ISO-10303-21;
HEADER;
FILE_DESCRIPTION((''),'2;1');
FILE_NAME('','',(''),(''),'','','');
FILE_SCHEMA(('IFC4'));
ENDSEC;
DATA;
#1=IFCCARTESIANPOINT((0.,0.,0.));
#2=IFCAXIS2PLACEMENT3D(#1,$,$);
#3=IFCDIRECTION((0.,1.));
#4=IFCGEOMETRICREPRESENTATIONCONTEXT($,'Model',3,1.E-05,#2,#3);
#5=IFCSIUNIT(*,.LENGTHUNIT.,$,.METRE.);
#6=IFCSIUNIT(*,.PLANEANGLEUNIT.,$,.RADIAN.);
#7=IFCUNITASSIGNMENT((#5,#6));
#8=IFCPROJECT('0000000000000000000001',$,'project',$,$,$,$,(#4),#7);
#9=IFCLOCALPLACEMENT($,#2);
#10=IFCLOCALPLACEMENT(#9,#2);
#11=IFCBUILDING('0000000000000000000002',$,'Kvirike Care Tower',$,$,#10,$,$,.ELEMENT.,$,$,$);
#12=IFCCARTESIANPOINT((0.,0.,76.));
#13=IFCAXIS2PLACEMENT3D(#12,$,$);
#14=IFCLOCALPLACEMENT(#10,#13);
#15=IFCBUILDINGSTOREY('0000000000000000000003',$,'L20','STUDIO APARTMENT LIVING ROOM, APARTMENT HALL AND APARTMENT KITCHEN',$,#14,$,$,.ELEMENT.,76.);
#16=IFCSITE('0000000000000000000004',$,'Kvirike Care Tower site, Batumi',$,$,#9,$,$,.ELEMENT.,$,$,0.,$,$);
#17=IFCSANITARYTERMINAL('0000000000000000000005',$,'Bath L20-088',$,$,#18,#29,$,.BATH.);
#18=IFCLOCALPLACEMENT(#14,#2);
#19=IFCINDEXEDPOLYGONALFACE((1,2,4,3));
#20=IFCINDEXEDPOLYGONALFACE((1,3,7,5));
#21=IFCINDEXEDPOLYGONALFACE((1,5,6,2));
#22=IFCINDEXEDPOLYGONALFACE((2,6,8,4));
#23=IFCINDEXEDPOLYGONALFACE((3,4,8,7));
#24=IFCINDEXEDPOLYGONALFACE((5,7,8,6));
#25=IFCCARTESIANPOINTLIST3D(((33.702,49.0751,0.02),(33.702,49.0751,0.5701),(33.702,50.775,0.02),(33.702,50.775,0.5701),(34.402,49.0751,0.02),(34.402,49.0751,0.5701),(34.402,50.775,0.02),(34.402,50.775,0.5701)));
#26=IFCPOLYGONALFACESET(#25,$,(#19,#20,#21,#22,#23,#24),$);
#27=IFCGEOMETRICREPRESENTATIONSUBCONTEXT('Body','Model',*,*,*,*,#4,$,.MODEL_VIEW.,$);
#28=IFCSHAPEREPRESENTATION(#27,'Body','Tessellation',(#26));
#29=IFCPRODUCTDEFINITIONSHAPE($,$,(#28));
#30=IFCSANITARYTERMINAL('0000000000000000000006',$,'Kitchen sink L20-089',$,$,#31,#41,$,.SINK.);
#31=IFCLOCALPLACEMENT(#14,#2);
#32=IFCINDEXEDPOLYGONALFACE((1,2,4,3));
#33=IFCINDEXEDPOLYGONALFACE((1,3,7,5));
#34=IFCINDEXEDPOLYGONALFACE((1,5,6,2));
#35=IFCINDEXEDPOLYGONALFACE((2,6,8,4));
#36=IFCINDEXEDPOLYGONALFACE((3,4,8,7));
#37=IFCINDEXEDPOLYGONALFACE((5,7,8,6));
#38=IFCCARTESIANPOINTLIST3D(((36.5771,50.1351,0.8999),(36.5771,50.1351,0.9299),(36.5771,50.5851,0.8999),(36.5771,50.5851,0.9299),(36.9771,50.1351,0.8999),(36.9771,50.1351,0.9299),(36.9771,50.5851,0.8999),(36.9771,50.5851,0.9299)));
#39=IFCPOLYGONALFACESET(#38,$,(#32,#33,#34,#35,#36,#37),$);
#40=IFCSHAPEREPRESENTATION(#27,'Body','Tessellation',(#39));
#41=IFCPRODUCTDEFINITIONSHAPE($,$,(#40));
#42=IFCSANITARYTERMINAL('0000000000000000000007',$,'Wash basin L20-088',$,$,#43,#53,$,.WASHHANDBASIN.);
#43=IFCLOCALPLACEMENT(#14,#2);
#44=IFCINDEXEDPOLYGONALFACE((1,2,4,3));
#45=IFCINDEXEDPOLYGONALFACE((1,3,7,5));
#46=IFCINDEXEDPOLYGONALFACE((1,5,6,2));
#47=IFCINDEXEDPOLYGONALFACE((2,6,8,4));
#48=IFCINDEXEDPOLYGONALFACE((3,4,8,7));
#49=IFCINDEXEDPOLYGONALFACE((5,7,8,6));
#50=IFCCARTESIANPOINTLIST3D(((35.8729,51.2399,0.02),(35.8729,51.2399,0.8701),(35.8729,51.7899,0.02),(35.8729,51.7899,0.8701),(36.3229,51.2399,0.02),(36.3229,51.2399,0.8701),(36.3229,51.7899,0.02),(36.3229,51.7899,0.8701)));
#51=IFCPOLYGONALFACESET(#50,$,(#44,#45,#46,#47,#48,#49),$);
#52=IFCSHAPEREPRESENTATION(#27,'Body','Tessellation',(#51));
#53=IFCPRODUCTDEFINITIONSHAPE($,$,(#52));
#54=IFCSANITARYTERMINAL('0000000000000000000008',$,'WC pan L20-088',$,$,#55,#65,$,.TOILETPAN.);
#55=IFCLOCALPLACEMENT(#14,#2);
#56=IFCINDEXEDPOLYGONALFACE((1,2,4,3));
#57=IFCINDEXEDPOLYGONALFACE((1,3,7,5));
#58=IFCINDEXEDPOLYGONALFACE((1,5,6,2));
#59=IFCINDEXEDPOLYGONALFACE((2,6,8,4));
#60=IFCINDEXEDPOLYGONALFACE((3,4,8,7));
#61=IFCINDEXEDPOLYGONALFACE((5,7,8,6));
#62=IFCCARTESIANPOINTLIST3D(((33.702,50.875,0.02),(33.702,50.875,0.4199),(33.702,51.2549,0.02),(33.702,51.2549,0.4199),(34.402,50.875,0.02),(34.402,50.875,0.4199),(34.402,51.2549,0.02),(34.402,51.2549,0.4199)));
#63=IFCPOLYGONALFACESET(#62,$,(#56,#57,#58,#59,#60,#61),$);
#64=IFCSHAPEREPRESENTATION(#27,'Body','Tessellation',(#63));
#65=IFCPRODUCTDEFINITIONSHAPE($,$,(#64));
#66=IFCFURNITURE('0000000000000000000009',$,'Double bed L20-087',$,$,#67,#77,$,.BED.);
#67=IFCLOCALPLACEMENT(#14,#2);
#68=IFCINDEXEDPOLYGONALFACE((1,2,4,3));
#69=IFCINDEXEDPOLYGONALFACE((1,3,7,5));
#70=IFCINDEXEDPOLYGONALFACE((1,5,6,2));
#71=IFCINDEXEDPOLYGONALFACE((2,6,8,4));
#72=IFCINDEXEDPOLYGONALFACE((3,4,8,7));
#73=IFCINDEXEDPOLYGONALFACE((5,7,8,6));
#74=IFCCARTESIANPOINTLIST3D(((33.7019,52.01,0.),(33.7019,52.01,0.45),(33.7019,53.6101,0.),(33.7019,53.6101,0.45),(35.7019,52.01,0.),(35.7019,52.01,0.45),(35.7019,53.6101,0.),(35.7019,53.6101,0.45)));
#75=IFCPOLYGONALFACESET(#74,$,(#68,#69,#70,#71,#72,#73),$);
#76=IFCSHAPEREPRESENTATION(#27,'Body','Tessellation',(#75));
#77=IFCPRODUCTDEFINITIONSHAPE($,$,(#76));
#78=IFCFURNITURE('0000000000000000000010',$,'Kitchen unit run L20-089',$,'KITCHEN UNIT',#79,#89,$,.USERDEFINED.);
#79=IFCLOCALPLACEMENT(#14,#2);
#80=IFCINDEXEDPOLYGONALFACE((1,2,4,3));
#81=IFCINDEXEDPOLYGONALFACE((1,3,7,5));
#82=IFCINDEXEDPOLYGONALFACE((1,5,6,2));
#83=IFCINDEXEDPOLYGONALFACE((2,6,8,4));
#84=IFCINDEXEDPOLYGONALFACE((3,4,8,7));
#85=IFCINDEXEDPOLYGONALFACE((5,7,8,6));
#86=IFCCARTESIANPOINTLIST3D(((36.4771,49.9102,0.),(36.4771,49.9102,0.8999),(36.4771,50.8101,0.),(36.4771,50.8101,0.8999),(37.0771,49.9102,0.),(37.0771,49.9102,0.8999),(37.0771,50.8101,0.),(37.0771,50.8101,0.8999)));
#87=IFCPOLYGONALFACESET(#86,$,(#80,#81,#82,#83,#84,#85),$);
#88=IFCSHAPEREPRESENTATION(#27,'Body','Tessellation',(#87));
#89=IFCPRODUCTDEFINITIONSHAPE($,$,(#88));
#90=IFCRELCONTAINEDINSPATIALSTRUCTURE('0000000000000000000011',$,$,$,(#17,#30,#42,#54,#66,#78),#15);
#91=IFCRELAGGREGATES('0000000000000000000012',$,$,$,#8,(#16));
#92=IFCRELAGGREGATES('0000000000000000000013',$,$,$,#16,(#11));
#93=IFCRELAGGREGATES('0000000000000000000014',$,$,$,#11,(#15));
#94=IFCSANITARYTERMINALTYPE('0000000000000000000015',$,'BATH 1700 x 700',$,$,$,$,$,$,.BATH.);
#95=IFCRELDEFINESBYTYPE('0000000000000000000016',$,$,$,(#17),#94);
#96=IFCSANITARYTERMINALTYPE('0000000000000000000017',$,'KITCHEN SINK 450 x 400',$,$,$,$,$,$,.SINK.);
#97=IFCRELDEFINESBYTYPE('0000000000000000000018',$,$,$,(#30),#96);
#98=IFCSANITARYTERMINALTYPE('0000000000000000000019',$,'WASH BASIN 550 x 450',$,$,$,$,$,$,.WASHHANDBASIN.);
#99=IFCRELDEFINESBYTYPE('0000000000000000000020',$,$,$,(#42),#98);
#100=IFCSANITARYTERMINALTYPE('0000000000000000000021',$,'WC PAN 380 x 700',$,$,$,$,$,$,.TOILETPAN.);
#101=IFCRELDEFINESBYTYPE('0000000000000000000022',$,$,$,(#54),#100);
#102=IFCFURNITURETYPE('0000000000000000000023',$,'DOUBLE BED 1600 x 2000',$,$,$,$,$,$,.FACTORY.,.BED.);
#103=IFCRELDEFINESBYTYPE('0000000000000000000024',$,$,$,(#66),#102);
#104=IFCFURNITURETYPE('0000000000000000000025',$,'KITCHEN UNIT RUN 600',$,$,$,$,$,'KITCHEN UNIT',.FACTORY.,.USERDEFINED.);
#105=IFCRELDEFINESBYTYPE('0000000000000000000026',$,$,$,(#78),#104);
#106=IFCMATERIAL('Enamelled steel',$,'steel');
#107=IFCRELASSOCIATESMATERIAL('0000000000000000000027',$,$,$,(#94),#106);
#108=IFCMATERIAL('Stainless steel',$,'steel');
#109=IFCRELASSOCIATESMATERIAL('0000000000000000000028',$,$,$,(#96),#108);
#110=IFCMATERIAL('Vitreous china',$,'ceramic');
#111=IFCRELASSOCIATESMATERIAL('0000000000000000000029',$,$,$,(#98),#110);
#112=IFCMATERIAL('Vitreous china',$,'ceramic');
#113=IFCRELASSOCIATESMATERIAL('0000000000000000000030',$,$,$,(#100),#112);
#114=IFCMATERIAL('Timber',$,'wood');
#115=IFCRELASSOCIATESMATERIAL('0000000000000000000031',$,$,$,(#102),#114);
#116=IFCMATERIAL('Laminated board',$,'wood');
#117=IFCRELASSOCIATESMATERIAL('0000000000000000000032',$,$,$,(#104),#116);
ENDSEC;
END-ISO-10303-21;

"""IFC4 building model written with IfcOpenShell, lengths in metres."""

from ifc_helpers import new_model, si_unit, direction, frame, origin, origin_2d, place, context, subcontext, project, spatial, rectangle, extrude, material, type_object, element, save


model = new_model("IFC4")

# Units and contexts
model_context = context("Model", 3, precision=1e-05, world=origin(), true_north=direction((0.0, 1.0)))
body_context = subcontext(model_context, "Body", "Model", "MODEL_VIEW")
ifc_project = project(units=[si_unit("LENGTHUNIT", "METRE"), si_unit("PLANEANGLEUNIT", "RADIAN")], contexts=[model_context])

# Site, building, storey
site_placement = place(None, origin())
site = spatial("IfcSite", under=ifc_project, at=site_placement, Name="Kvirike Care Tower site, Batumi", CompositionType="ELEMENT", RefElevation=0.0)
building_placement = place(site_placement, origin())
building = spatial("IfcBuilding", under=site, at=building_placement, Name="Kvirike Care Tower", CompositionType="ELEMENT")
storey_placement = place(building_placement, frame((0.0, 0.0, 76.0)))
storey = spatial("IfcBuildingStorey", under=building, at=storey_placement, Name="L20", Description="STUDIO APARTMENT LIVING ROOM, APARTMENT HALL AND APARTMENT KITCHEN", CompositionType="ELEMENT", Elevation=76.0)

# Sanitary terminals
ifc_material_1 = material(Name="Enamelled steel", Category="steel")
sanitary_terminal_type_1 = type_object("IfcSanitaryTerminalType", Name="BATH 1700 x 700", PredefinedType="BATH", material=ifc_material_1)
sanitary_terminal_1_placement = place(storey_placement, frame((34.052, 49.925, 0.02), z_axis=(0.0, 0.0, 1.0), x_axis=(0.0, 1.0, 0.0)))
element("IfcSanitaryTerminal", 1, at=sanitary_terminal_1_placement, inside=storey, type_object=sanitary_terminal_type_1, Name="Bath L20-088", PredefinedType="BATH", context=body_context, shape_type="SweptSolid", body=[
    extrude(rectangle(XDim=1.7, YDim=0.7, at=origin_2d()), origin(), (0.0, 0.0, 1.0), 0.55),
])
ifc_material_2 = material(Name="Stainless steel", Category="steel")
sanitary_terminal_type_2 = type_object("IfcSanitaryTerminalType", Name="KITCHEN SINK 450 x 400", PredefinedType="SINK", material=ifc_material_2)
sanitary_terminal_2_placement = place(storey_placement, frame((36.7771, 50.3601, 0.8999), z_axis=(0.0, 0.0, 1.0), x_axis=(0.0, 1.0, 0.0)))
element("IfcSanitaryTerminal", 2, at=sanitary_terminal_2_placement, inside=storey, type_object=sanitary_terminal_type_2, Name="Kitchen sink L20-089", PredefinedType="SINK", context=body_context, shape_type="SweptSolid", body=[
    extrude(rectangle(XDim=0.45, YDim=0.3999, at=origin_2d()), origin(), (0.0, 0.0, 1.0), 0.03),
])
ifc_material_3 = material(Name="Vitreous china", Category="ceramic")
sanitary_terminal_type_3 = type_object("IfcSanitaryTerminalType", Name="WASH BASIN 550 x 450", PredefinedType="WASHHANDBASIN", material=ifc_material_3)
sanitary_terminal_3_placement = place(storey_placement, frame((36.0979, 51.5149, 0.02), z_axis=(0.0, 0.0, 1.0), x_axis=(0.0, -1.0, 0.0)))
element("IfcSanitaryTerminal", 3, at=sanitary_terminal_3_placement, inside=storey, type_object=sanitary_terminal_type_3, Name="Wash basin L20-088", PredefinedType="WASHHANDBASIN", context=body_context, shape_type="SweptSolid", body=[
    extrude(rectangle(XDim=0.55, YDim=0.45, at=origin_2d()), origin(), (0.0, 0.0, 1.0), 0.8501),
])
ifc_material_4 = material(Name="Vitreous china", Category="ceramic")
sanitary_terminal_type_4 = type_object("IfcSanitaryTerminalType", Name="WC PAN 380 x 700", PredefinedType="TOILETPAN", material=ifc_material_4)
sanitary_terminal_4_placement = place(storey_placement, frame((34.052, 51.0649, 0.02), z_axis=(0.0, 0.0, 1.0), x_axis=(0.0, 1.0, 0.0)))
element("IfcSanitaryTerminal", 4, at=sanitary_terminal_4_placement, inside=storey, type_object=sanitary_terminal_type_4, Name="WC pan L20-088", PredefinedType="TOILETPAN", context=body_context, shape_type="SweptSolid", body=[
    extrude(rectangle(XDim=0.3799, YDim=0.7, at=origin_2d()), origin(), (0.0, 0.0, 1.0), 0.3999),
])

# Furniture
ifc_material_5 = material(Name="Timber", Category="wood")
furniture_type_1 = type_object("IfcFurnitureType", Name="DOUBLE BED 1600 x 2000", AssemblyPlace="FACTORY", PredefinedType="BED", material=ifc_material_5)
furniture_1_placement = place(storey_placement, frame((34.7019, 52.8101, 0.0), z_axis=(0.0, 0.0, 1.0), x_axis=(0.0, 1.0, 0.0)))
element("IfcFurniture", 5, at=furniture_1_placement, inside=storey, type_object=furniture_type_1, Name="Double bed L20-087", PredefinedType="BED", context=body_context, shape_type="SweptSolid", body=[
    extrude(rectangle(XDim=1.6001, YDim=2.0, at=origin_2d()), origin(), (0.0, 0.0, 1.0), 0.45),
])
ifc_material_6 = material(Name="Laminated board", Category="wood")
furniture_type_2 = type_object("IfcFurnitureType", Name="KITCHEN UNIT RUN 600", ElementType="KITCHEN UNIT", AssemblyPlace="FACTORY", PredefinedType="USERDEFINED", material=ifc_material_6)
furniture_2_placement = place(storey_placement, frame((36.7771, 50.3601, 0.0), z_axis=(0.0, 0.0, 1.0), x_axis=(0.0, 1.0, 0.0)))
element("IfcFurniture", 6, at=furniture_2_placement, inside=storey, type_object=furniture_type_2, Name="Kitchen unit run L20-089", ObjectType="KITCHEN UNIT", PredefinedType="USERDEFINED", context=body_context, shape_type="SweptSolid", body=[
    extrude(rectangle(XDim=0.8999, YDim=0.6001, at=origin_2d()), origin(), (0.0, 0.0, 1.0), 0.8999),
])

save(model, "model.ifc")
